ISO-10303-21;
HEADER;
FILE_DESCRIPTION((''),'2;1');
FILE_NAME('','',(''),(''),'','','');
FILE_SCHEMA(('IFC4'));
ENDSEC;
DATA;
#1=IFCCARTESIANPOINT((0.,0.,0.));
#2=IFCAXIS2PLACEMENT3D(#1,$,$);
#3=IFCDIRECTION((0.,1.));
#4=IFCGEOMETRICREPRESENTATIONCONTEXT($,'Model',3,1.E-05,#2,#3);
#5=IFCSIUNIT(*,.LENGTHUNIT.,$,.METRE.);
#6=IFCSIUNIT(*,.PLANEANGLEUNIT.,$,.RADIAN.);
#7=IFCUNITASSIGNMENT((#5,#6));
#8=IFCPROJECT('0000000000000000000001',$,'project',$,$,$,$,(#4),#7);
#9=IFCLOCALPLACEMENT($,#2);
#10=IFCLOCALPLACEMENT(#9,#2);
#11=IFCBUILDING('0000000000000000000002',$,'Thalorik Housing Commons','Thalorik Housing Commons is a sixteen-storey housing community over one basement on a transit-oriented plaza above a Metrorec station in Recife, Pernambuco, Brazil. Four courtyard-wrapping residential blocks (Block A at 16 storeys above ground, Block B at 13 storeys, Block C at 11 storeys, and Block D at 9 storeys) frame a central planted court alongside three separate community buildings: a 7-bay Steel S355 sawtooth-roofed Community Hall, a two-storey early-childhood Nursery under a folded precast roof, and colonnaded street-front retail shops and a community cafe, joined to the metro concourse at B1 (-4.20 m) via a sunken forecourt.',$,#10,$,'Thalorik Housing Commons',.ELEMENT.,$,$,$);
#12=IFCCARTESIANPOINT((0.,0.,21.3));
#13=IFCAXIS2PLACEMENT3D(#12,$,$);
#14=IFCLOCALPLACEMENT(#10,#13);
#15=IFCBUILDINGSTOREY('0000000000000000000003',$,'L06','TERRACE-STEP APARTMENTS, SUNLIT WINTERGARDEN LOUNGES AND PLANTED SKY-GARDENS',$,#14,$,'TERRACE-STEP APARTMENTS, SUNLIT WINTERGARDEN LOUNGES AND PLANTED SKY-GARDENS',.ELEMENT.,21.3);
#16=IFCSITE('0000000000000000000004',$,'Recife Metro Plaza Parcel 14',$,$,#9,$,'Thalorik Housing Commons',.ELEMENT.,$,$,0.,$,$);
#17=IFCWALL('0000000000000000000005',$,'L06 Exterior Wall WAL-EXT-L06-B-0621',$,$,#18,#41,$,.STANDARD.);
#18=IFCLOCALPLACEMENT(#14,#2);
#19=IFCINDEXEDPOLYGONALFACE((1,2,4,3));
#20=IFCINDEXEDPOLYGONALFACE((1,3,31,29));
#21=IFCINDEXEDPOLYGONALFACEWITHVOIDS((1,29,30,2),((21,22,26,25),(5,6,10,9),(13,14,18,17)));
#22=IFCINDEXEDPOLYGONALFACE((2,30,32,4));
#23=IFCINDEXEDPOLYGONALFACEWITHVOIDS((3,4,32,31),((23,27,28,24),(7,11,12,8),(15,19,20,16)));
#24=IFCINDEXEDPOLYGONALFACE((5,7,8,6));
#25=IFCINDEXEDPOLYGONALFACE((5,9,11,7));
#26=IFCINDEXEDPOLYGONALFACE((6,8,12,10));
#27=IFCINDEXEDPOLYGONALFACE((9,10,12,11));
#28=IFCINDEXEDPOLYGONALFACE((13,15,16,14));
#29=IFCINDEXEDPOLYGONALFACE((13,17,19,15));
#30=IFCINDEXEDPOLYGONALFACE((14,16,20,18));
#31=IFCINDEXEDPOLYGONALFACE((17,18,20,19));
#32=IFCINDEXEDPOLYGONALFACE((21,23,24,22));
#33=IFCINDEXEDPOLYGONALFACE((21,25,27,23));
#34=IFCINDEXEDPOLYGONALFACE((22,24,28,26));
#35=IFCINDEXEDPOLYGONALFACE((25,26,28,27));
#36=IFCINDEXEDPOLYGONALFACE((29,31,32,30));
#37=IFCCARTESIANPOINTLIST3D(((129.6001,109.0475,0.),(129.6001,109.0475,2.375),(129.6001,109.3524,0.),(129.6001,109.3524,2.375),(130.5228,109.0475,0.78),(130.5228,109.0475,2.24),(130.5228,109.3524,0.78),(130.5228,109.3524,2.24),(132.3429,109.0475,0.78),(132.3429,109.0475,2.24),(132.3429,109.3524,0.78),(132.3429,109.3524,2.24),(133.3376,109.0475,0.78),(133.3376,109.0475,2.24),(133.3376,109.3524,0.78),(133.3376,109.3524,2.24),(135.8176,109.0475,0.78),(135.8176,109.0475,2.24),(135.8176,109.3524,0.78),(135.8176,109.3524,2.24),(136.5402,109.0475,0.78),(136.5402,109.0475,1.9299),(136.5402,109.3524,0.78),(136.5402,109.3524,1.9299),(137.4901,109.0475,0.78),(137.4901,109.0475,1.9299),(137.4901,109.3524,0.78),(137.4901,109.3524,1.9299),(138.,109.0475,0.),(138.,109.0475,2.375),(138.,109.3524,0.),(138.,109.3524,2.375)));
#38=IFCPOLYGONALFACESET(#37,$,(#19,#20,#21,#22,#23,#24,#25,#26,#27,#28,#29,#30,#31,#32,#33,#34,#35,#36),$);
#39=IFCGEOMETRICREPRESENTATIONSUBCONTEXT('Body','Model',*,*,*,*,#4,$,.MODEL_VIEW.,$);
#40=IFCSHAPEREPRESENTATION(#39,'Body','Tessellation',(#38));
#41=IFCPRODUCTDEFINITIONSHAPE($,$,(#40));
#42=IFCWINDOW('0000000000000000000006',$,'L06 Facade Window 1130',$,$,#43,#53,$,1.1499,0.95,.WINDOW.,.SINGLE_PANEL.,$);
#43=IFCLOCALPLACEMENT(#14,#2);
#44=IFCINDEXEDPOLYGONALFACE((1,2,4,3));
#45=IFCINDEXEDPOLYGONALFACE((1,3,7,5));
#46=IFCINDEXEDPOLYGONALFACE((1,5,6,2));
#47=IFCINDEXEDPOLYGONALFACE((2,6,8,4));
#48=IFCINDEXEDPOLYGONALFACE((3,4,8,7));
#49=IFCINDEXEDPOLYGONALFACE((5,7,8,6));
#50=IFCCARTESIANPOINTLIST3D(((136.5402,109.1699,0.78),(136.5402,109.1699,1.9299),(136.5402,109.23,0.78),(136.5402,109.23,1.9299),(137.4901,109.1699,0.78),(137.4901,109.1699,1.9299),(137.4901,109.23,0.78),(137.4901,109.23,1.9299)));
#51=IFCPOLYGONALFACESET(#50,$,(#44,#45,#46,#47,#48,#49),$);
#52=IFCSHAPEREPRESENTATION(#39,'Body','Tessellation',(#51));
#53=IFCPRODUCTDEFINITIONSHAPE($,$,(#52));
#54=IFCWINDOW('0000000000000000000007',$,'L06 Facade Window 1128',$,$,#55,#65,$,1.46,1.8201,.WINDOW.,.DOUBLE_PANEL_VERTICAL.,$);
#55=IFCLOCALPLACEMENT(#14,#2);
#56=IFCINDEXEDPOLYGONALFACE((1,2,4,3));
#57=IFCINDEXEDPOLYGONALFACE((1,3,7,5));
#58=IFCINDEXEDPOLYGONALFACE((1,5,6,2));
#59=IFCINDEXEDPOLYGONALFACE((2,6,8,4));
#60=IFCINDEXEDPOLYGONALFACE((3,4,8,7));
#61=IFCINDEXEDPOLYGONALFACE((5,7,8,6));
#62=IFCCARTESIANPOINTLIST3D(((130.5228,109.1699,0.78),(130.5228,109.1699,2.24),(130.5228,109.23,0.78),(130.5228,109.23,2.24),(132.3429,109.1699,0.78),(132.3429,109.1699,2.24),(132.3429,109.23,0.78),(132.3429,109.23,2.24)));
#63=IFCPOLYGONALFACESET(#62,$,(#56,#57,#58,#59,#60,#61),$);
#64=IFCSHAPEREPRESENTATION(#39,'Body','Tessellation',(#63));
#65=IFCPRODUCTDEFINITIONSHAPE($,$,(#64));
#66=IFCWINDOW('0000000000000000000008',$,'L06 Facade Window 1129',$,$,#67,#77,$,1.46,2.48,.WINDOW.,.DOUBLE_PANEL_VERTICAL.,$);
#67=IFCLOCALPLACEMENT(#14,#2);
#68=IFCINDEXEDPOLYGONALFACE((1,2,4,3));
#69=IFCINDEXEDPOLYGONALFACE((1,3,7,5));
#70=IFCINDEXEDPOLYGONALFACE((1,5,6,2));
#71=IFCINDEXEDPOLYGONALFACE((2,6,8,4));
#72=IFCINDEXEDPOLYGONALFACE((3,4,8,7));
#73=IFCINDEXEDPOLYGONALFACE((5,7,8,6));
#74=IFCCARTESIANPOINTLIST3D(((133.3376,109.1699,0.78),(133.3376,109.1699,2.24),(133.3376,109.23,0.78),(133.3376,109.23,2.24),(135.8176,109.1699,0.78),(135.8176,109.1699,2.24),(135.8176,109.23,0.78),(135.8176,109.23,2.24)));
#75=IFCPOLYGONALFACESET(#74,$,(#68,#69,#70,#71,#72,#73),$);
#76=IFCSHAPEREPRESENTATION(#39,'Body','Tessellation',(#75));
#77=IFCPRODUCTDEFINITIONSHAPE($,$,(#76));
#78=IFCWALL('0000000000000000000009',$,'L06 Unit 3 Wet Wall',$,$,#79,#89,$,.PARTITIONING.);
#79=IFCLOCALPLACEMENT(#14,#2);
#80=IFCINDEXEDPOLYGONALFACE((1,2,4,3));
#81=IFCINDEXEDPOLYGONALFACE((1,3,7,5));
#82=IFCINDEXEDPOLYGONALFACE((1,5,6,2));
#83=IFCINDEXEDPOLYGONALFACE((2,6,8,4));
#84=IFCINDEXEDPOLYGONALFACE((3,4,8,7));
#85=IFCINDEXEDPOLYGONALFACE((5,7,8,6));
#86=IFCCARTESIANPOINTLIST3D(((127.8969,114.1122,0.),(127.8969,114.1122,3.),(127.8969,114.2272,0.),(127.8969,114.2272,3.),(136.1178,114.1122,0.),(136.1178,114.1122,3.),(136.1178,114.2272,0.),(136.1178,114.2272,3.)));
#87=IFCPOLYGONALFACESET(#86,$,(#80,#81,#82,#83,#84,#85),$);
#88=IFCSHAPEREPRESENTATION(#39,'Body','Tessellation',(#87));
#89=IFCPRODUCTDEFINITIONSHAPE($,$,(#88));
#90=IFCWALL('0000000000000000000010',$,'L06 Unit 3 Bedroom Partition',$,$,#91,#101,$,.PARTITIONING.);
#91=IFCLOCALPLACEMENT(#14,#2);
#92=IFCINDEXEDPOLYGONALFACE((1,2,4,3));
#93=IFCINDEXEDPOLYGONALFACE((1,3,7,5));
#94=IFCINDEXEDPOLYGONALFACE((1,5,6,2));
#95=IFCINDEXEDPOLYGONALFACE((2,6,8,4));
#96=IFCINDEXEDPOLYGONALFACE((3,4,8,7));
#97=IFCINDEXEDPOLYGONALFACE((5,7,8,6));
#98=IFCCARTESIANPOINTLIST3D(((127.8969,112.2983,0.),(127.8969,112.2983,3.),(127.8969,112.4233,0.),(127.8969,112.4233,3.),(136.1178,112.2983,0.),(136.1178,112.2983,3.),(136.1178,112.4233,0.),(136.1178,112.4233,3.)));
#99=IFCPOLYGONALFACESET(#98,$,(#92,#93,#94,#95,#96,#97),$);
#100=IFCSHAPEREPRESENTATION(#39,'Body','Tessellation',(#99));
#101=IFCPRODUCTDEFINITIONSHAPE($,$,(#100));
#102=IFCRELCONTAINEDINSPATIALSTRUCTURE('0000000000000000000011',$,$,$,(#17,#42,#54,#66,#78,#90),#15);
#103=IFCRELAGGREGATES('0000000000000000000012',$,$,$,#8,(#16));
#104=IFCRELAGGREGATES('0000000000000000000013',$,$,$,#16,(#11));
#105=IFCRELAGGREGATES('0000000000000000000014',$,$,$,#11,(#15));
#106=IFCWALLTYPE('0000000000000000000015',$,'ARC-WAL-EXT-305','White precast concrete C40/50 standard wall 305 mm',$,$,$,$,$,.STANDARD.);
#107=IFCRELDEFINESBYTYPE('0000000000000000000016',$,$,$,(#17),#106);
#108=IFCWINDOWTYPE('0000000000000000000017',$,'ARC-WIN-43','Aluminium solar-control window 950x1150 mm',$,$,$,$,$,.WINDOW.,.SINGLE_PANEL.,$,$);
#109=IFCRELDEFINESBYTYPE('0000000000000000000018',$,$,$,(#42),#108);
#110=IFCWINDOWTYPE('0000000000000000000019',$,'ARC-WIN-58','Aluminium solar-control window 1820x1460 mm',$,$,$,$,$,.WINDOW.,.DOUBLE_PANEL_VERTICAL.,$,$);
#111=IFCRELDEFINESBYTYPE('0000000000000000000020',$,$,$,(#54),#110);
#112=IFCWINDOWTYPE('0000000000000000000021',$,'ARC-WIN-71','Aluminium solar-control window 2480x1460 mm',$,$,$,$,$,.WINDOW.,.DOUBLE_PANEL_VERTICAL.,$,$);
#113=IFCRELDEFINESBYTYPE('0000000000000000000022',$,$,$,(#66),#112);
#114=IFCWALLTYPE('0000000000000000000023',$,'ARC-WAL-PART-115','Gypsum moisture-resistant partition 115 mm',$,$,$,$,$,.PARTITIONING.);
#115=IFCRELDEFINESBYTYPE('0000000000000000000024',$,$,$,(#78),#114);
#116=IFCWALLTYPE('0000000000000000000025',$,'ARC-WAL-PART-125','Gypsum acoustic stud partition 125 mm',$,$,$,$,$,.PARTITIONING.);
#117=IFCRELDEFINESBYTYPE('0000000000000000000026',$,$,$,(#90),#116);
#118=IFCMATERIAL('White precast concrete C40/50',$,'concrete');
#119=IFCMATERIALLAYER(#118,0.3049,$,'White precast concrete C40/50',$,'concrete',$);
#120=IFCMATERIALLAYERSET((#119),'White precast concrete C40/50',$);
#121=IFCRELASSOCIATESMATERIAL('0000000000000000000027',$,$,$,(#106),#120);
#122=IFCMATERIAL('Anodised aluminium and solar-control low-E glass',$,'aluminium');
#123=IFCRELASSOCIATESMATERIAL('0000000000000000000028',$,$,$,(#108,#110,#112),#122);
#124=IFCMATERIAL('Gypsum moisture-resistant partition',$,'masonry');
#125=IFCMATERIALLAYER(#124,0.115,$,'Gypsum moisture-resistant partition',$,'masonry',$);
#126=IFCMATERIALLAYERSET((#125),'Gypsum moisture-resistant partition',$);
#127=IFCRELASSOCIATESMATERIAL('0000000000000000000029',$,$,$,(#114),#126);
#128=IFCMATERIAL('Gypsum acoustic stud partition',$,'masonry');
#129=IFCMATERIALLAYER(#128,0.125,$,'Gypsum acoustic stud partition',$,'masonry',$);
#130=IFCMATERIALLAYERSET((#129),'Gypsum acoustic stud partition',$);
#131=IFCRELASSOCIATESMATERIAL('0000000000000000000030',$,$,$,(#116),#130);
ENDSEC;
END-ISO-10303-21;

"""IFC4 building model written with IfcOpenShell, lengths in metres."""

from ifc_helpers import new_model, si_unit, direction, frame, frame_2d, origin, place, context, subcontext, project, spatial, rectangle, extrude, material, layer, layer_set, type_object, element, fill, save


model = new_model("IFC4")

# Units and contexts
model_context = context("Model", 3, precision=1e-05, world=origin(), true_north=direction((0.0, 1.0)))
body_context = subcontext(model_context, "Body", "Model", "MODEL_VIEW")
ifc_project = project(units=[si_unit("LENGTHUNIT", "METRE"), si_unit("PLANEANGLEUNIT", "RADIAN")], contexts=[model_context])

# Site, building, storey
site_placement = place(None, origin())
site = spatial("IfcSite", under=ifc_project, at=site_placement, Name="Recife Metro Plaza Parcel 14", LongName="Thalorik Housing Commons", CompositionType="ELEMENT", RefElevation=0.0)
building_placement = place(site_placement, origin())
building = spatial("IfcBuilding", under=site, at=building_placement, Name="Thalorik Housing Commons", Description="Thalorik Housing Commons is a sixteen-storey housing community over one basement on a transit-oriented plaza above a Metrorec station in Recife, Pernambuco, Brazil. Four courtyard-wrapping residential blocks (Block A at 16 storeys above ground, Block B at 13 storeys, Block C at 11 storeys, and Block D at 9 storeys) frame a central planted court alongside three separate community buildings: a 7-bay Steel S355 sawtooth-roofed Community Hall, a two-storey early-childhood Nursery under a folded precast roof, and colonnaded street-front retail shops and a community cafe, joined to the metro concourse at B1 (-4.20 m) via a sunken forecourt.", LongName="Thalorik Housing Commons", CompositionType="ELEMENT")
storey_placement = place(building_placement, frame((0.0, 0.0, 21.3)))
storey = spatial("IfcBuildingStorey", under=building, at=storey_placement, Name="L06", Description="TERRACE-STEP APARTMENTS, SUNLIT WINTERGARDEN LOUNGES AND PLANTED SKY-GARDENS", LongName="TERRACE-STEP APARTMENTS, SUNLIT WINTERGARDEN LOUNGES AND PLANTED SKY-GARDENS", CompositionType="ELEMENT", Elevation=21.3)

# Wall, openings, windows
ifc_material_1 = material(Name="White precast concrete C40/50", Category="concrete")
ifc_layer_1 = layer(ifc_material_1, 0.3049, Name="White precast concrete C40/50", Category="concrete")
ifc_layer_set_1 = layer_set([ifc_layer_1], Name="White precast concrete C40/50")
wall_type_1 = type_object("IfcWallType", Name="ARC-WAL-EXT-305", Description="White precast concrete C40/50 standard wall 305 mm", PredefinedType="STANDARD", material=ifc_layer_set_1)
ifc_material_2 = material(Name="Anodised aluminium and solar-control low-E glass", Category="aluminium")
wall_1_placement = place(storey_placement, frame((129.6001, 109.2, 0.0), z_axis=(0.0, 0.0, 1.0), x_axis=(1.0, 0.0, 0.0)))
wall_1 = element("IfcWall", 1, at=wall_1_placement, inside=storey, type_object=wall_type_1, Name="L06 Exterior Wall WAL-EXT-L06-B-0621", PredefinedType="STANDARD", context=body_context, shape_type="SweptSolid", body=[
    extrude(rectangle(XDim=8.3999, YDim=0.3049, at=frame_2d((4.2, 0.0))), origin(), (0.0, 0.0, 1.0), 2.375),
])
opening_1_placement = place(wall_1_placement, frame((0.9226, 0.0, 0.78)))
opening_1 = element("IfcOpeningElement", 2, at=opening_1_placement, cuts=wall_1, PredefinedType="OPENING", context=body_context, shape_type="SweptSolid", body=[
    extrude(rectangle(XDim=1.8201, YDim=1.46, at=frame_2d((0.9102, 0.73))), frame((0.0, 0.1626, 0.0), z_axis=(0.0, -1.0, 0.0), x_axis=(1.0, 0.0, 0.0)), (0.0, 0.0, 1.0), 0.325),
])
opening_2_placement = place(wall_1_placement, frame((3.7375, 0.0, 0.78)))
opening_2 = element("IfcOpeningElement", 3, at=opening_2_placement, cuts=wall_1, PredefinedType="OPENING", context=body_context, shape_type="SweptSolid", body=[
    extrude(rectangle(XDim=2.48, YDim=1.46, at=frame_2d((1.24, 0.73))), frame((0.0, 0.1626, 0.0), z_axis=(0.0, -1.0, 0.0), x_axis=(1.0, 0.0, 0.0)), (0.0, 0.0, 1.0), 0.325),
])
opening_3_placement = place(wall_1_placement, frame((6.9399, 0.0, 0.78)))
opening_3 = element("IfcOpeningElement", 4, at=opening_3_placement, cuts=wall_1, PredefinedType="OPENING", context=body_context, shape_type="SweptSolid", body=[
    extrude(rectangle(XDim=0.95, YDim=1.1499, at=frame_2d((0.4751, 0.575))), frame((0.0, 0.1626, 0.0), z_axis=(0.0, -1.0, 0.0), x_axis=(1.0, 0.0, 0.0)), (0.0, 0.0, 1.0), 0.325),
])
window_type_1 = type_object("IfcWindowType", Name="ARC-WIN-43", Description="Aluminium solar-control window 950x1150 mm", PartitioningType="SINGLE_PANEL", PredefinedType="WINDOW", material=ifc_material_2)
window_1_placement = place(opening_3_placement, origin())
window_1 = element("IfcWindow", 5, at=window_1_placement, inside=storey, type_object=window_type_1, Name="L06 Facade Window 1130", OverallHeight=1.1499, OverallWidth=0.95, PartitioningType="SINGLE_PANEL", PredefinedType="WINDOW", context=body_context, shape_type="SweptSolid", body=[
    extrude(rectangle(XDim=0.95, YDim=1.1499, at=frame_2d((0.4751, 0.575))), frame((0.0, 0.03, 0.0), z_axis=(0.0, -1.0, 0.0), x_axis=(1.0, 0.0, 0.0)), (0.0, 0.0, 1.0), 0.0601),
])
fill(opening_3, window_1)
window_type_2 = type_object("IfcWindowType", Name="ARC-WIN-58", Description="Aluminium solar-control window 1820x1460 mm", PartitioningType="DOUBLE_PANEL_VERTICAL", PredefinedType="WINDOW", material=ifc_material_2)
window_2_placement = place(opening_1_placement, origin())
window_2 = element("IfcWindow", 6, at=window_2_placement, inside=storey, type_object=window_type_2, Name="L06 Facade Window 1128", OverallHeight=1.46, OverallWidth=1.8201, PartitioningType="DOUBLE_PANEL_VERTICAL", PredefinedType="WINDOW", context=body_context, shape_type="SweptSolid", body=[
    extrude(rectangle(XDim=1.8201, YDim=1.46, at=frame_2d((0.9102, 0.73))), frame((0.0, 0.03, 0.0), z_axis=(0.0, -1.0, 0.0), x_axis=(1.0, 0.0, 0.0)), (0.0, 0.0, 1.0), 0.0601),
])
fill(opening_1, window_2)
window_type_3 = type_object("IfcWindowType", Name="ARC-WIN-71", Description="Aluminium solar-control window 2480x1460 mm", PartitioningType="DOUBLE_PANEL_VERTICAL", PredefinedType="WINDOW", material=ifc_material_2)
window_3_placement = place(opening_2_placement, origin())
window_3 = element("IfcWindow", 7, at=window_3_placement, inside=storey, type_object=window_type_3, Name="L06 Facade Window 1129", OverallHeight=1.46, OverallWidth=2.48, PartitioningType="DOUBLE_PANEL_VERTICAL", PredefinedType="WINDOW", context=body_context, shape_type="SweptSolid", body=[
    extrude(rectangle(XDim=2.48, YDim=1.46, at=frame_2d((1.24, 0.73))), frame((0.0, 0.03, 0.0), z_axis=(0.0, -1.0, 0.0), x_axis=(1.0, 0.0, 0.0)), (0.0, 0.0, 1.0), 0.0601),
])
fill(opening_2, window_3)

# Walls
ifc_material_3 = material(Name="Gypsum moisture-resistant partition", Category="masonry")
ifc_layer_2 = layer(ifc_material_3, 0.115, Name="Gypsum moisture-resistant partition", Category="masonry")
ifc_layer_set_2 = layer_set([ifc_layer_2], Name="Gypsum moisture-resistant partition")
wall_type_2 = type_object("IfcWallType", Name="ARC-WAL-PART-115", Description="Gypsum moisture-resistant partition 115 mm", PredefinedType="PARTITIONING", material=ifc_layer_set_2)
wall_2_placement = place(storey_placement, frame((127.897, 114.1697, 0.0), z_axis=(0.0, 0.0, 1.0), x_axis=(1.0, 0.0, 0.0)))
element("IfcWall", 8, at=wall_2_placement, inside=storey, type_object=wall_type_2, Name="L06 Unit 3 Wet Wall", PredefinedType="PARTITIONING", context=body_context, shape_type="SweptSolid", body=[
    extrude(rectangle(XDim=8.2209, YDim=0.115, at=frame_2d((4.1104, 0.0))), origin(), (0.0, 0.0, 1.0), 3.0),
])
ifc_material_4 = material(Name="Gypsum acoustic stud partition", Category="masonry")
ifc_layer_3 = layer(ifc_material_4, 0.125, Name="Gypsum acoustic stud partition", Category="masonry")
ifc_layer_set_3 = layer_set([ifc_layer_3], Name="Gypsum acoustic stud partition")
wall_type_3 = type_object("IfcWallType", Name="ARC-WAL-PART-125", Description="Gypsum acoustic stud partition 125 mm", PredefinedType="PARTITIONING", material=ifc_layer_set_3)
wall_3_placement = place(storey_placement, frame((127.897, 112.3608, 0.0), z_axis=(0.0, 0.0, 1.0), x_axis=(1.0, 0.0, 0.0)))
element("IfcWall", 9, at=wall_3_placement, inside=storey, type_object=wall_type_3, Name="L06 Unit 3 Bedroom Partition", PredefinedType="PARTITIONING", context=body_context, shape_type="SweptSolid", body=[
    extrude(rectangle(XDim=8.2209, YDim=0.125, at=frame_2d((4.1104, 0.0))), origin(), (0.0, 0.0, 1.0), 3.0),
])

save(model, "model.ifc")
